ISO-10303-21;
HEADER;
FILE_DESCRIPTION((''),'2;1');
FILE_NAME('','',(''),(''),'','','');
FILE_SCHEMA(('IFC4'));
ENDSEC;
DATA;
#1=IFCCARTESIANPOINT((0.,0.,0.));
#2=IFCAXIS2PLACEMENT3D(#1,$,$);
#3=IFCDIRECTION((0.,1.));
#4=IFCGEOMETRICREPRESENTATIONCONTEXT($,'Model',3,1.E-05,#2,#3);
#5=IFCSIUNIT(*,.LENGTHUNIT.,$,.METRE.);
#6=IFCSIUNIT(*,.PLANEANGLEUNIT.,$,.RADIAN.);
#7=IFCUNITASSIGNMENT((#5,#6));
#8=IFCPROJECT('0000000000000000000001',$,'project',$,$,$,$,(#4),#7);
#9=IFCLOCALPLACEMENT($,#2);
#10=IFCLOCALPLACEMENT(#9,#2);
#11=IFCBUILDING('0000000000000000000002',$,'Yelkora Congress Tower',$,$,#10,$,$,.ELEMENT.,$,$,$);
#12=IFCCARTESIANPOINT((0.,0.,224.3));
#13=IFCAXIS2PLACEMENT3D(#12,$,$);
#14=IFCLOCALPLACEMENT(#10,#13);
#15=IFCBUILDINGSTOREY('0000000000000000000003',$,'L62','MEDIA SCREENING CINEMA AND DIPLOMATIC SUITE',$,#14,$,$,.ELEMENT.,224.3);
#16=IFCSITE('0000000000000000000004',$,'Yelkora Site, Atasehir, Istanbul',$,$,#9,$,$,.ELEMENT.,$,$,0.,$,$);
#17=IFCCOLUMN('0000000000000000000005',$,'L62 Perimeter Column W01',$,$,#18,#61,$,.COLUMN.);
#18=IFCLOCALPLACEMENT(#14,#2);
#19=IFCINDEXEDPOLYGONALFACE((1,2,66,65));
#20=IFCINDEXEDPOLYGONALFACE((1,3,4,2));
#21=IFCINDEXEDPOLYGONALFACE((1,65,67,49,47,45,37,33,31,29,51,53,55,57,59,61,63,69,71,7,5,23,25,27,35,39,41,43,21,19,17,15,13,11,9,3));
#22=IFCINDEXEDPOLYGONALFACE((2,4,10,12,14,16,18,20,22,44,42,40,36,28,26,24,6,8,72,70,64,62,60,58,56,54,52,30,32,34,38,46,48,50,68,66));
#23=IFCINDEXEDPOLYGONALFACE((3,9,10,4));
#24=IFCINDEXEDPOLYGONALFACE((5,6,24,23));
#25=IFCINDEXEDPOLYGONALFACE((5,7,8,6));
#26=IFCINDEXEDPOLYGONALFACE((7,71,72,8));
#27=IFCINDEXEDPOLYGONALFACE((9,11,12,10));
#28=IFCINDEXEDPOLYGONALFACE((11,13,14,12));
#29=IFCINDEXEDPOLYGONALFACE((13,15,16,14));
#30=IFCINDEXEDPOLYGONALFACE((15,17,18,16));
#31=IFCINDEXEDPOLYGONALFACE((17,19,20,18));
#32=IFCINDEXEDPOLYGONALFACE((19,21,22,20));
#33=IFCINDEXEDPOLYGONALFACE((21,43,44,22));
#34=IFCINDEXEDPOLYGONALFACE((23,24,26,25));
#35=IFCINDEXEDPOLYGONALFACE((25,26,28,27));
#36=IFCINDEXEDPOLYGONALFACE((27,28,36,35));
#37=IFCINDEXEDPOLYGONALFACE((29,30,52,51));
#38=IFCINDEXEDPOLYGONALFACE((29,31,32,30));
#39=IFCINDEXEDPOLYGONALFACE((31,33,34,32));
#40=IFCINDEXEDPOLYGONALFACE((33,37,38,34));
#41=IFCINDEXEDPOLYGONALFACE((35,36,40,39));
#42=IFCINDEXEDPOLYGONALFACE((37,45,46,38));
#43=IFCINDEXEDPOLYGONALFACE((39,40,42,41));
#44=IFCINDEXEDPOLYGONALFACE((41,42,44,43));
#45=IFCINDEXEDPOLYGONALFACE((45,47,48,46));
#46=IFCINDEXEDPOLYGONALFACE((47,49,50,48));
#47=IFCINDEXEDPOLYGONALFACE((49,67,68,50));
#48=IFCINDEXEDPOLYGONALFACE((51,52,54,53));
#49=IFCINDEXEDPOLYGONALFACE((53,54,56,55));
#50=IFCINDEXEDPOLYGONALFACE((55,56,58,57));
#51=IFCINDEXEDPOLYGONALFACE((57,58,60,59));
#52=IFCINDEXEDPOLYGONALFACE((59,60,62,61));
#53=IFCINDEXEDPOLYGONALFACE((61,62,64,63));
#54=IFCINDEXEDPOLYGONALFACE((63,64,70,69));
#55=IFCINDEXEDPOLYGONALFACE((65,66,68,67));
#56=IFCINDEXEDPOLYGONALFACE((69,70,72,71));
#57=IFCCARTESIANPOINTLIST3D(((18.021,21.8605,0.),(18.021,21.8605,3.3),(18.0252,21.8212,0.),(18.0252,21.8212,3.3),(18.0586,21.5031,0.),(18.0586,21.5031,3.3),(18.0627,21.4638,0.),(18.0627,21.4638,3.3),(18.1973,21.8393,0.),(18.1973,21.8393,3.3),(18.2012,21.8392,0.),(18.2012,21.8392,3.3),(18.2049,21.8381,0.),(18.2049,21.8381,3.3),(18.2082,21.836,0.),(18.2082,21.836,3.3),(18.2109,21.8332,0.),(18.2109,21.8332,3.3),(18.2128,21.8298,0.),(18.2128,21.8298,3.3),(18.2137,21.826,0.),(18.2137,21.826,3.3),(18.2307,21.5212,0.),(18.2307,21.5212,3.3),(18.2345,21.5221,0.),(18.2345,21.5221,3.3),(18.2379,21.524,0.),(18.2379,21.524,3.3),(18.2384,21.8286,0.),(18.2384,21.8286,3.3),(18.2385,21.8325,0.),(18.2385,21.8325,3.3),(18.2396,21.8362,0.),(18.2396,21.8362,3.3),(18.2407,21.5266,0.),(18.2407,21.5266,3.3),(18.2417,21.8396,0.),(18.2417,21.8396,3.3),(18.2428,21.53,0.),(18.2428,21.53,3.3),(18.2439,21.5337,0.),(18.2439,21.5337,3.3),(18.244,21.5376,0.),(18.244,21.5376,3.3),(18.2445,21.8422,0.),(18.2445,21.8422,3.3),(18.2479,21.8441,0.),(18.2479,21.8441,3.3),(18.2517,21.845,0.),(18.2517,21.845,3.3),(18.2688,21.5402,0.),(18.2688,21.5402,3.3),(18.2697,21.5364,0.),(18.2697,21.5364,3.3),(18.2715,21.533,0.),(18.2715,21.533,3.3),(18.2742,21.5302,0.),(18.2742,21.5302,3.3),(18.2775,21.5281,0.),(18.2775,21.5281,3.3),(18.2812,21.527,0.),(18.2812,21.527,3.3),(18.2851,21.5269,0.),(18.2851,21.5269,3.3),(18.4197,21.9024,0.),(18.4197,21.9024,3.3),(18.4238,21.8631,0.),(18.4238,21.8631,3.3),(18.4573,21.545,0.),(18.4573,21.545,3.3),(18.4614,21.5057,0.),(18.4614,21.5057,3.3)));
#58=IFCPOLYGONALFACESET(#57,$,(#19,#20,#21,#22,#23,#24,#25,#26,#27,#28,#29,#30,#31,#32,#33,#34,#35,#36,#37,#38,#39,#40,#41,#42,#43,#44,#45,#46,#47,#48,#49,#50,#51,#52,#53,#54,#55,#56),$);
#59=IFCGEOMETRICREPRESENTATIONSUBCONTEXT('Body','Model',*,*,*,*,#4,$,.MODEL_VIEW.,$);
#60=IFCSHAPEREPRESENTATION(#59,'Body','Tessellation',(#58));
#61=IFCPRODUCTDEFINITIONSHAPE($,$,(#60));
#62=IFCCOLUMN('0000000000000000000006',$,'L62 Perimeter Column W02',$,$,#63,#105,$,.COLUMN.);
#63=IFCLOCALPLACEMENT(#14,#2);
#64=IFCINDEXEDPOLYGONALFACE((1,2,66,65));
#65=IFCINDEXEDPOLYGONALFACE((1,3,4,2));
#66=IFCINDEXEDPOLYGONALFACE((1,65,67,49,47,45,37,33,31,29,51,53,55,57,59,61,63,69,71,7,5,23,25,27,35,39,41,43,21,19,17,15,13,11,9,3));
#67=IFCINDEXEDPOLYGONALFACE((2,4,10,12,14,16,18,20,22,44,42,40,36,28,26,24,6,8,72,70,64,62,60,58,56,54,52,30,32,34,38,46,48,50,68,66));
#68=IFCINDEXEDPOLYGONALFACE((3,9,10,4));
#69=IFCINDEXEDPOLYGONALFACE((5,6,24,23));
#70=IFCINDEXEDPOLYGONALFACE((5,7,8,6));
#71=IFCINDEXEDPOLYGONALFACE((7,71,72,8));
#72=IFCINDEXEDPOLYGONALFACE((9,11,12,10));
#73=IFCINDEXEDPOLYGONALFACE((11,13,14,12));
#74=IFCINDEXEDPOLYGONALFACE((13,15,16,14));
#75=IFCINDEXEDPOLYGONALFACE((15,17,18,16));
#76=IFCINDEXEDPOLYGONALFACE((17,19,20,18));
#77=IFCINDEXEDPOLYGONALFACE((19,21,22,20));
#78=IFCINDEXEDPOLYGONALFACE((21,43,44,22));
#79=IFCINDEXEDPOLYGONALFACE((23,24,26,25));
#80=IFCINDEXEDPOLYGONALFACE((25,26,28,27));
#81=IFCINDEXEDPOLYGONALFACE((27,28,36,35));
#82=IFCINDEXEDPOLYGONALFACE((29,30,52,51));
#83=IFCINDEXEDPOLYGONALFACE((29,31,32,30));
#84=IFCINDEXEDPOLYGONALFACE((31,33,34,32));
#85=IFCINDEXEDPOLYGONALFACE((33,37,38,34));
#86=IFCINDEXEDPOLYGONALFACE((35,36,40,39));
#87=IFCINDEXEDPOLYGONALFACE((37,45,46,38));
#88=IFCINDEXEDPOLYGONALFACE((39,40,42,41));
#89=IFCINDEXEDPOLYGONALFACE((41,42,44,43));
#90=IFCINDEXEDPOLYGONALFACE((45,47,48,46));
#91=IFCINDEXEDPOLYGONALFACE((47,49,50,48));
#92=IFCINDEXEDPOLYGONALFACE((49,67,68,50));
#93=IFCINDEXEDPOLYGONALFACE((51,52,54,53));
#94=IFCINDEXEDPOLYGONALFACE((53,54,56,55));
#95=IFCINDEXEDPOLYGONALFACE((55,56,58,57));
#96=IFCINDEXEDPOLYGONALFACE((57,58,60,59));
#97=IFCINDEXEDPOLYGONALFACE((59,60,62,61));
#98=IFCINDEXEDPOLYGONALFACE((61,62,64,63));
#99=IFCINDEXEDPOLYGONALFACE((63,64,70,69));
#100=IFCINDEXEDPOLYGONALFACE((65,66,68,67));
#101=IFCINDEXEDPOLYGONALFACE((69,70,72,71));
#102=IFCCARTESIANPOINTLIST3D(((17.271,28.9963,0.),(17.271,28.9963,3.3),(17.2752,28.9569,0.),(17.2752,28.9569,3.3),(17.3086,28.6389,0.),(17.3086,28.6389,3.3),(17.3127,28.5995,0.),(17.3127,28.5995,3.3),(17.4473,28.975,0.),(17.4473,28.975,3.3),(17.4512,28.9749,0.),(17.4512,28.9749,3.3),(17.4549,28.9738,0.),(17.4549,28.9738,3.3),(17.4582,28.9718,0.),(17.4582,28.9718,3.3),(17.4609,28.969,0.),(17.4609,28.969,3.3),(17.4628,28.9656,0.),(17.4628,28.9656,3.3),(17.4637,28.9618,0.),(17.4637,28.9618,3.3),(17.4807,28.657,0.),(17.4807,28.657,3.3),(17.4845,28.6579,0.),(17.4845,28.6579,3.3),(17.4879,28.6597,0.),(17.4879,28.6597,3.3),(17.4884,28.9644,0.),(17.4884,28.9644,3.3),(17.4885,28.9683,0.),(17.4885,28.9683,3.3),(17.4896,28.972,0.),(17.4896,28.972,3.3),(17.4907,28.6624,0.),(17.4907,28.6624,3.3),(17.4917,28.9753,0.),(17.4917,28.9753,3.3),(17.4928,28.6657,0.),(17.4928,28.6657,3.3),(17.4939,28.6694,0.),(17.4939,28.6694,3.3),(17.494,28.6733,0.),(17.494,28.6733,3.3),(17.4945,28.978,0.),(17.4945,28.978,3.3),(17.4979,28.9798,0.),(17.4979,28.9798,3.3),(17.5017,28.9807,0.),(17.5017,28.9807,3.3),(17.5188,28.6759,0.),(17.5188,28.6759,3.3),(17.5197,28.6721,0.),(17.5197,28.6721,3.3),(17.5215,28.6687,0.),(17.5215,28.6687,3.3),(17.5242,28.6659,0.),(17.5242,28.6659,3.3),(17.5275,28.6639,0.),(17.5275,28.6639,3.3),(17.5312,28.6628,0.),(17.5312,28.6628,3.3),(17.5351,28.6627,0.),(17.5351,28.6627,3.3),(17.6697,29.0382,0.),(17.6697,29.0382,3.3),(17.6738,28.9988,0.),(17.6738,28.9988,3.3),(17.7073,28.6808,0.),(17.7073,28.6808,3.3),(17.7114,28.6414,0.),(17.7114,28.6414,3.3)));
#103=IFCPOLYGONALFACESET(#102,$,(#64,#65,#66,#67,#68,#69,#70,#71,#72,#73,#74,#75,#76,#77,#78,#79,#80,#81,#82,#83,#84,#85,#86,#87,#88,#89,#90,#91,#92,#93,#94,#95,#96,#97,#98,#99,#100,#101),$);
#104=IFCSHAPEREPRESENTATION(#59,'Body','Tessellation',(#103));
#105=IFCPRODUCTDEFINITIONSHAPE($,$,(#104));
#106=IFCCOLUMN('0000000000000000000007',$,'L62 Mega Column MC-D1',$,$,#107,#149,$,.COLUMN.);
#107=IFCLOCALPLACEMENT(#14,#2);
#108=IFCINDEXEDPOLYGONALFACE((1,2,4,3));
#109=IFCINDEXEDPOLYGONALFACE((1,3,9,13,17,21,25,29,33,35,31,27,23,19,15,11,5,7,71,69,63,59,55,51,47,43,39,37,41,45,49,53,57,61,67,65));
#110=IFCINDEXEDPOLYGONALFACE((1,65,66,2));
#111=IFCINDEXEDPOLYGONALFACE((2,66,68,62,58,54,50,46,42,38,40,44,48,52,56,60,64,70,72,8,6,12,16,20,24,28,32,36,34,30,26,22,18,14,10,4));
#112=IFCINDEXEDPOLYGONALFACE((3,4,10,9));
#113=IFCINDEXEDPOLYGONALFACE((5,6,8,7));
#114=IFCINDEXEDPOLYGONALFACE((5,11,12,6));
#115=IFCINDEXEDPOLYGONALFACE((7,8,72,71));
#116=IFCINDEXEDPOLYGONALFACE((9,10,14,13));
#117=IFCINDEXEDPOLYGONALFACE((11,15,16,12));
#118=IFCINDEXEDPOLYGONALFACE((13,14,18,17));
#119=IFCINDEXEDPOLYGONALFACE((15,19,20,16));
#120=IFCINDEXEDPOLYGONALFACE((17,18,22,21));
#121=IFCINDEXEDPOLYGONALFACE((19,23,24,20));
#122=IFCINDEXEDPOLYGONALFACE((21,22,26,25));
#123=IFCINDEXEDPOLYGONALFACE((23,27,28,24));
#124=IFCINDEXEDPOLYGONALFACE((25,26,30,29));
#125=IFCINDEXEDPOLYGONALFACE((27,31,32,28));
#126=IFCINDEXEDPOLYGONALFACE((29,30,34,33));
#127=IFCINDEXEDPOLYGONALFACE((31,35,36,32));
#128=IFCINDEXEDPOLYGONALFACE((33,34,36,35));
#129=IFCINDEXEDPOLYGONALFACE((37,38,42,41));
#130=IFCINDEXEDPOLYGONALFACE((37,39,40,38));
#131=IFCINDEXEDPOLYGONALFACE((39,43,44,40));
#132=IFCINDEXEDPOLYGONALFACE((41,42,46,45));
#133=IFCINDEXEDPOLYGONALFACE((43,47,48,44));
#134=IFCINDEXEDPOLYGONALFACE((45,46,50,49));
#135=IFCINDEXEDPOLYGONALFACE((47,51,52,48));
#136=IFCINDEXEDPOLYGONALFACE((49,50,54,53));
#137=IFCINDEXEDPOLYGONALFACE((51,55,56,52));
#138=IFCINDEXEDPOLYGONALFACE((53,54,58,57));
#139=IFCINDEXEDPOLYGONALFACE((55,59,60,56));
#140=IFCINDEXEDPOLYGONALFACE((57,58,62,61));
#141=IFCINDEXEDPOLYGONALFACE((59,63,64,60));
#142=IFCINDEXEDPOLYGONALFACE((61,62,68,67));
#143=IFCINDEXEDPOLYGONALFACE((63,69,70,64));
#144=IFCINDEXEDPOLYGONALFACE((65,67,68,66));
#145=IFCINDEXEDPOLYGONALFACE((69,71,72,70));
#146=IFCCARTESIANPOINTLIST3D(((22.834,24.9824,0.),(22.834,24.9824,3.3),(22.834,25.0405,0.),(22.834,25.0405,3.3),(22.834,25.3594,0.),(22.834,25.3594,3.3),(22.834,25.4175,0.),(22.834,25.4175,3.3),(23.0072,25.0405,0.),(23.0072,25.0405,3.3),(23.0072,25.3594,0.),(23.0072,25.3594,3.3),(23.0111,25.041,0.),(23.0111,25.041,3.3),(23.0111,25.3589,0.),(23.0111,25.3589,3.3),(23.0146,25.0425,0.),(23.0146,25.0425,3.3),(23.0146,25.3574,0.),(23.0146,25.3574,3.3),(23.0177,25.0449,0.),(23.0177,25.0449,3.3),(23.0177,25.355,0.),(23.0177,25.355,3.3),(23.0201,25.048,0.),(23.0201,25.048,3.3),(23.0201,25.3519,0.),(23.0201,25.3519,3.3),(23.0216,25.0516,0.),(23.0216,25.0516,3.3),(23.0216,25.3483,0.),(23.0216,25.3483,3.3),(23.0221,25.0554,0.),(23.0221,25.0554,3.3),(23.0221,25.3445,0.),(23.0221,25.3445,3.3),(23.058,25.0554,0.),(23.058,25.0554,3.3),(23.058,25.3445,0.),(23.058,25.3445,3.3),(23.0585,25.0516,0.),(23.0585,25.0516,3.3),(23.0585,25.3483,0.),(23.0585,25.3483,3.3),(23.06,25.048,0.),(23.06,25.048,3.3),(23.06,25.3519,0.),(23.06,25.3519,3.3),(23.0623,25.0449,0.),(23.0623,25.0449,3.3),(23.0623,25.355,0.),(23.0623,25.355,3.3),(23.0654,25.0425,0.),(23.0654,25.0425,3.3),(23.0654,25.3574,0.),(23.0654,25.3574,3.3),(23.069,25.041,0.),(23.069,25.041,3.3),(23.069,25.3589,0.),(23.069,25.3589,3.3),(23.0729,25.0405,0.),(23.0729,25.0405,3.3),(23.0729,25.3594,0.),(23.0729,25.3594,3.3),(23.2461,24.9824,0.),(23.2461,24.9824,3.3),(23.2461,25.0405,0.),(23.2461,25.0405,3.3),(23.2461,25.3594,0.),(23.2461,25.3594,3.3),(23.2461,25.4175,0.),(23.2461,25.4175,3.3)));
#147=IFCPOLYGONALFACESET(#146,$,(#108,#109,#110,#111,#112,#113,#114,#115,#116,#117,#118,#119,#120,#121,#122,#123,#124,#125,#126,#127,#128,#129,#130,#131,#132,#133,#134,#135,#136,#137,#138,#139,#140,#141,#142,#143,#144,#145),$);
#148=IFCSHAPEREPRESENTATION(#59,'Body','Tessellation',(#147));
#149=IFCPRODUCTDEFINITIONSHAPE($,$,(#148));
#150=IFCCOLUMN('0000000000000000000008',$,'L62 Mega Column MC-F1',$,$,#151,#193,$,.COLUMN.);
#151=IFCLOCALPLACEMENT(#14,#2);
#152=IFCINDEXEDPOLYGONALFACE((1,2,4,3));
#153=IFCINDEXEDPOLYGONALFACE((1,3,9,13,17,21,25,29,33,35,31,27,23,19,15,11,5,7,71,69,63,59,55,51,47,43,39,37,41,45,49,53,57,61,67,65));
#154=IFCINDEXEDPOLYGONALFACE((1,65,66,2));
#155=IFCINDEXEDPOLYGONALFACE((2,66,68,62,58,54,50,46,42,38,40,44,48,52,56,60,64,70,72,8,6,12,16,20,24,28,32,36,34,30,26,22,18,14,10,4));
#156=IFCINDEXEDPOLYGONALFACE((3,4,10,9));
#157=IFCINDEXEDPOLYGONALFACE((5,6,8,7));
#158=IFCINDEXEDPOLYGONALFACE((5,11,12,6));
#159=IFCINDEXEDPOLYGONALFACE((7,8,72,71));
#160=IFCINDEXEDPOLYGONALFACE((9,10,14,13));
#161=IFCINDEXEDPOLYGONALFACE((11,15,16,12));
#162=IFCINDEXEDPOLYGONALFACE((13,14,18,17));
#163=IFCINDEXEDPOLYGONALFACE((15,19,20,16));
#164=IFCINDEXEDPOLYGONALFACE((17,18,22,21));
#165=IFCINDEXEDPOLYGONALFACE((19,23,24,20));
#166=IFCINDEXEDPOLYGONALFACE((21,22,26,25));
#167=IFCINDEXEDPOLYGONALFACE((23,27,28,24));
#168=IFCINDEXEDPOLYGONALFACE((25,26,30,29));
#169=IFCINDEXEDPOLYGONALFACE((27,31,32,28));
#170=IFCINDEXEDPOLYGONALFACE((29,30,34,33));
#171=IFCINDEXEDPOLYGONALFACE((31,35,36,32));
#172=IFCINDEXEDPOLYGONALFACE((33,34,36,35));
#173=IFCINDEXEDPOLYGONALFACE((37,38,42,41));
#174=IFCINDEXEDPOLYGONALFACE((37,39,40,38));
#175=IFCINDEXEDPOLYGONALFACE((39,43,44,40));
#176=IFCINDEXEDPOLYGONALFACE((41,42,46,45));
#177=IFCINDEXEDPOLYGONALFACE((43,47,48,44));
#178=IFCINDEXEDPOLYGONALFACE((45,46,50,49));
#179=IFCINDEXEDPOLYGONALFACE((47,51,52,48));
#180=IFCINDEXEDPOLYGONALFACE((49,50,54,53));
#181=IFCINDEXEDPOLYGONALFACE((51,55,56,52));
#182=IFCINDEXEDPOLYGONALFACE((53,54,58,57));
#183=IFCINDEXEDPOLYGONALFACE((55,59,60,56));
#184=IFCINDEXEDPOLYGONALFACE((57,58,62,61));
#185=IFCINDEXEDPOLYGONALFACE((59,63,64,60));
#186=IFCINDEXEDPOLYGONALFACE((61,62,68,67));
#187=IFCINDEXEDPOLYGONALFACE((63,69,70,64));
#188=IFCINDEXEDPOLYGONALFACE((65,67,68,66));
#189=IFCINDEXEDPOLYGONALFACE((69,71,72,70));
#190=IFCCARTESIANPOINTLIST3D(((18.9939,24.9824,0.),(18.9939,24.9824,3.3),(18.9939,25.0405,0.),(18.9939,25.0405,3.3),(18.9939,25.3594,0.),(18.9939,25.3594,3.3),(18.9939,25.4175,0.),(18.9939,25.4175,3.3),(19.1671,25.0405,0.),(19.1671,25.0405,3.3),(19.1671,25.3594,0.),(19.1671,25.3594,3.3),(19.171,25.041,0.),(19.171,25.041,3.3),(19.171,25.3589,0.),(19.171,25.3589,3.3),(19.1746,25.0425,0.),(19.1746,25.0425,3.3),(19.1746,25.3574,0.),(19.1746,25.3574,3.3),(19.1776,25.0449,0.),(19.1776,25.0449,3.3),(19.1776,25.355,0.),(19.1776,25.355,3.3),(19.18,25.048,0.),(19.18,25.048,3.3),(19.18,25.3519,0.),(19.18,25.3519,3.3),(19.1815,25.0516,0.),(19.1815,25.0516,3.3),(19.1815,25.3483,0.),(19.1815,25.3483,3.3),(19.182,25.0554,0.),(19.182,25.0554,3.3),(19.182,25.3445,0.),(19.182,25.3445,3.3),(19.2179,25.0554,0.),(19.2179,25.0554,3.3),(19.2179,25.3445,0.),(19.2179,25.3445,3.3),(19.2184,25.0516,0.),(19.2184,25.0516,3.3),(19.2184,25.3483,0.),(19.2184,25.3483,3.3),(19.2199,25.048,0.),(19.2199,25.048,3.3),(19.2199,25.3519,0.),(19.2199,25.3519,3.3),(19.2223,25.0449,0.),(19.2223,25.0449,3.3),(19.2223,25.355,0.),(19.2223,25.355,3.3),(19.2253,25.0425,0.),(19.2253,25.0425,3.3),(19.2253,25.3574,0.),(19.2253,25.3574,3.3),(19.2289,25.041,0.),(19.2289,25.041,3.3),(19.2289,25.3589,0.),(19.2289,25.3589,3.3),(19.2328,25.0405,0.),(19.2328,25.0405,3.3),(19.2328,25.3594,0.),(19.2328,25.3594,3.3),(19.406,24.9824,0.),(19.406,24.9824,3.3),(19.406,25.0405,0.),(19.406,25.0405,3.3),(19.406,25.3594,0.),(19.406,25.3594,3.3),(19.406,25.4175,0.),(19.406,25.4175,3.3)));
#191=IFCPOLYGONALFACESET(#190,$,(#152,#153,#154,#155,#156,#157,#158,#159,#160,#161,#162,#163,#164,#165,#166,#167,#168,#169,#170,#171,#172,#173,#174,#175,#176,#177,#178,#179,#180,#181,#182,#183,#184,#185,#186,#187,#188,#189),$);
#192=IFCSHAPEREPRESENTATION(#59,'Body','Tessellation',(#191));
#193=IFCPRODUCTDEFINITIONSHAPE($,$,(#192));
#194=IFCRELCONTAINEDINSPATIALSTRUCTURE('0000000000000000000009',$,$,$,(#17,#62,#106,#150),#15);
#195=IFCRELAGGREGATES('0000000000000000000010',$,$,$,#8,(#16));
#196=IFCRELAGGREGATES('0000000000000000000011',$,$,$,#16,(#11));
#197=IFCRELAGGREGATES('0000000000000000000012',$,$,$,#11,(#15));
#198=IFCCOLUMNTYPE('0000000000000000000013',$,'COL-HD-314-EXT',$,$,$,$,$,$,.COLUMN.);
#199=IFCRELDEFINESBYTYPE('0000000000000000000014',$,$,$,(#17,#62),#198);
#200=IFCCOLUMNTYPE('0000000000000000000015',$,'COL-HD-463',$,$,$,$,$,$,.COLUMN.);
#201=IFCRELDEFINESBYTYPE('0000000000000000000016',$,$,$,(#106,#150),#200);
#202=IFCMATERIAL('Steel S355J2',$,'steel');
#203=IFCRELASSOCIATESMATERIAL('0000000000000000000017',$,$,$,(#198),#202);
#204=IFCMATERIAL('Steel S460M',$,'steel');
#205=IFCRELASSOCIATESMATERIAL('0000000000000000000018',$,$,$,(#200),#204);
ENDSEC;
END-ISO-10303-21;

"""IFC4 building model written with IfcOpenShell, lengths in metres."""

from ifc_helpers import new_model, si_unit, direction, frame, origin, origin_2d, place, context, subcontext, project, spatial, i_section, extrude, material, material_profile, profile_set, type_object, element, save


model = new_model("IFC4")

# Units and contexts
model_context = context("Model", 3, precision=1e-05, world=origin(), true_north=direction((0.0, 1.0)))
body_context = subcontext(model_context, "Body", "Model", "MODEL_VIEW")
ifc_project = project(units=[si_unit("LENGTHUNIT", "METRE"), si_unit("PLANEANGLEUNIT", "RADIAN")], contexts=[model_context])

# Site, building, storey
site_placement = place(None, origin())
site = spatial("IfcSite", under=ifc_project, at=site_placement, Name="Yelkora Site, Atasehir, Istanbul", CompositionType="ELEMENT", RefElevation=0.0)
building_placement = place(site_placement, origin())
building = spatial("IfcBuilding", under=site, at=building_placement, Name="Yelkora Congress Tower", CompositionType="ELEMENT")
storey_placement = place(building_placement, frame((0.0, 0.0, 224.3)))
storey = spatial("IfcBuildingStorey", under=building, at=storey_placement, Name="L62", Description="MEDIA SCREENING CINEMA AND DIPLOMATIC SUITE", CompositionType="ELEMENT", Elevation=224.3)

# Columns
ifc_material_1 = material(Name="Steel S355J2", Category="steel")
ifc_material_profile_1 = material_profile(ifc_material_1, i_section(OverallWidth=0.4009, OverallDepth=0.3989, WebThickness=0.0249, FlangeThickness=0.0396, FilletRadius=0.0149, at=origin_2d()), Name="HD 400x314")
ifc_profile_set_1 = profile_set([ifc_material_profile_1], Name="Steel S355J2")
column_type_1 = type_object("IfcColumnType", Name="COL-HD-314-EXT", PredefinedType="COLUMN", material=ifc_profile_set_1)
for number, where, z_axis, x_axis, name in (
    (1, (18.2412, 21.6831, 0.0), (0.0, 0.0, 1.0), (0.994522, 0.104528, 0.0), "L62 Perimeter Column W01"),
    (2, (17.4912, 28.8188, 0.0), (0.0, 0.0, 1.0), (0.994522, 0.104528, 0.0), "L62 Perimeter Column W02"),
):
    element("IfcColumn", number, at=place(storey_placement, frame(where, z_axis=z_axis, x_axis=x_axis)), inside=storey, type_object=column_type_1, Name=name, PredefinedType="COLUMN", context=body_context, shape_type="SweptSolid", body=[
        extrude(i_section(OverallWidth=0.4009, OverallDepth=0.3989, WebThickness=0.0249, FlangeThickness=0.0396, FilletRadius=0.0149, at=origin_2d()), origin(), (0.0, 0.0, 1.0), 3.3),
    ])
ifc_material_2 = material(Name="Steel S460M", Category="steel")
ifc_material_profile_2 = material_profile(ifc_material_2, i_section(OverallWidth=0.4121, OverallDepth=0.4351, WebThickness=0.0359, FlangeThickness=0.0581, FilletRadius=0.0149, at=origin_2d()), Name="HD 400x463")
ifc_profile_set_2 = profile_set([ifc_material_profile_2], Name="Steel S460M")
column_type_2 = type_object("IfcColumnType", Name="COL-HD-463", PredefinedType="COLUMN", material=ifc_profile_set_2)
for number, where, z_axis, x_axis, name in (
    (3, (23.04, 25.2, 0.0), (0.0, 0.0, 1.0), (1.0, 0.0, 0.0), "L62 Mega Column MC-D1"),
    (4, (19.2, 25.2, 0.0), (0.0, 0.0, 1.0), (1.0, 0.0, 0.0), "L62 Mega Column MC-F1"),
):
    element("IfcColumn", number, at=place(storey_placement, frame(where, z_axis=z_axis, x_axis=x_axis)), inside=storey, type_object=column_type_2, Name=name, PredefinedType="COLUMN", context=body_context, shape_type="SweptSolid", body=[
        extrude(i_section(OverallWidth=0.4121, OverallDepth=0.4351, WebThickness=0.0359, FlangeThickness=0.0581, FilletRadius=0.0149, at=origin_2d()), origin(), (0.0, 0.0, 1.0), 3.3),
    ])

save(model, "model.ifc")
